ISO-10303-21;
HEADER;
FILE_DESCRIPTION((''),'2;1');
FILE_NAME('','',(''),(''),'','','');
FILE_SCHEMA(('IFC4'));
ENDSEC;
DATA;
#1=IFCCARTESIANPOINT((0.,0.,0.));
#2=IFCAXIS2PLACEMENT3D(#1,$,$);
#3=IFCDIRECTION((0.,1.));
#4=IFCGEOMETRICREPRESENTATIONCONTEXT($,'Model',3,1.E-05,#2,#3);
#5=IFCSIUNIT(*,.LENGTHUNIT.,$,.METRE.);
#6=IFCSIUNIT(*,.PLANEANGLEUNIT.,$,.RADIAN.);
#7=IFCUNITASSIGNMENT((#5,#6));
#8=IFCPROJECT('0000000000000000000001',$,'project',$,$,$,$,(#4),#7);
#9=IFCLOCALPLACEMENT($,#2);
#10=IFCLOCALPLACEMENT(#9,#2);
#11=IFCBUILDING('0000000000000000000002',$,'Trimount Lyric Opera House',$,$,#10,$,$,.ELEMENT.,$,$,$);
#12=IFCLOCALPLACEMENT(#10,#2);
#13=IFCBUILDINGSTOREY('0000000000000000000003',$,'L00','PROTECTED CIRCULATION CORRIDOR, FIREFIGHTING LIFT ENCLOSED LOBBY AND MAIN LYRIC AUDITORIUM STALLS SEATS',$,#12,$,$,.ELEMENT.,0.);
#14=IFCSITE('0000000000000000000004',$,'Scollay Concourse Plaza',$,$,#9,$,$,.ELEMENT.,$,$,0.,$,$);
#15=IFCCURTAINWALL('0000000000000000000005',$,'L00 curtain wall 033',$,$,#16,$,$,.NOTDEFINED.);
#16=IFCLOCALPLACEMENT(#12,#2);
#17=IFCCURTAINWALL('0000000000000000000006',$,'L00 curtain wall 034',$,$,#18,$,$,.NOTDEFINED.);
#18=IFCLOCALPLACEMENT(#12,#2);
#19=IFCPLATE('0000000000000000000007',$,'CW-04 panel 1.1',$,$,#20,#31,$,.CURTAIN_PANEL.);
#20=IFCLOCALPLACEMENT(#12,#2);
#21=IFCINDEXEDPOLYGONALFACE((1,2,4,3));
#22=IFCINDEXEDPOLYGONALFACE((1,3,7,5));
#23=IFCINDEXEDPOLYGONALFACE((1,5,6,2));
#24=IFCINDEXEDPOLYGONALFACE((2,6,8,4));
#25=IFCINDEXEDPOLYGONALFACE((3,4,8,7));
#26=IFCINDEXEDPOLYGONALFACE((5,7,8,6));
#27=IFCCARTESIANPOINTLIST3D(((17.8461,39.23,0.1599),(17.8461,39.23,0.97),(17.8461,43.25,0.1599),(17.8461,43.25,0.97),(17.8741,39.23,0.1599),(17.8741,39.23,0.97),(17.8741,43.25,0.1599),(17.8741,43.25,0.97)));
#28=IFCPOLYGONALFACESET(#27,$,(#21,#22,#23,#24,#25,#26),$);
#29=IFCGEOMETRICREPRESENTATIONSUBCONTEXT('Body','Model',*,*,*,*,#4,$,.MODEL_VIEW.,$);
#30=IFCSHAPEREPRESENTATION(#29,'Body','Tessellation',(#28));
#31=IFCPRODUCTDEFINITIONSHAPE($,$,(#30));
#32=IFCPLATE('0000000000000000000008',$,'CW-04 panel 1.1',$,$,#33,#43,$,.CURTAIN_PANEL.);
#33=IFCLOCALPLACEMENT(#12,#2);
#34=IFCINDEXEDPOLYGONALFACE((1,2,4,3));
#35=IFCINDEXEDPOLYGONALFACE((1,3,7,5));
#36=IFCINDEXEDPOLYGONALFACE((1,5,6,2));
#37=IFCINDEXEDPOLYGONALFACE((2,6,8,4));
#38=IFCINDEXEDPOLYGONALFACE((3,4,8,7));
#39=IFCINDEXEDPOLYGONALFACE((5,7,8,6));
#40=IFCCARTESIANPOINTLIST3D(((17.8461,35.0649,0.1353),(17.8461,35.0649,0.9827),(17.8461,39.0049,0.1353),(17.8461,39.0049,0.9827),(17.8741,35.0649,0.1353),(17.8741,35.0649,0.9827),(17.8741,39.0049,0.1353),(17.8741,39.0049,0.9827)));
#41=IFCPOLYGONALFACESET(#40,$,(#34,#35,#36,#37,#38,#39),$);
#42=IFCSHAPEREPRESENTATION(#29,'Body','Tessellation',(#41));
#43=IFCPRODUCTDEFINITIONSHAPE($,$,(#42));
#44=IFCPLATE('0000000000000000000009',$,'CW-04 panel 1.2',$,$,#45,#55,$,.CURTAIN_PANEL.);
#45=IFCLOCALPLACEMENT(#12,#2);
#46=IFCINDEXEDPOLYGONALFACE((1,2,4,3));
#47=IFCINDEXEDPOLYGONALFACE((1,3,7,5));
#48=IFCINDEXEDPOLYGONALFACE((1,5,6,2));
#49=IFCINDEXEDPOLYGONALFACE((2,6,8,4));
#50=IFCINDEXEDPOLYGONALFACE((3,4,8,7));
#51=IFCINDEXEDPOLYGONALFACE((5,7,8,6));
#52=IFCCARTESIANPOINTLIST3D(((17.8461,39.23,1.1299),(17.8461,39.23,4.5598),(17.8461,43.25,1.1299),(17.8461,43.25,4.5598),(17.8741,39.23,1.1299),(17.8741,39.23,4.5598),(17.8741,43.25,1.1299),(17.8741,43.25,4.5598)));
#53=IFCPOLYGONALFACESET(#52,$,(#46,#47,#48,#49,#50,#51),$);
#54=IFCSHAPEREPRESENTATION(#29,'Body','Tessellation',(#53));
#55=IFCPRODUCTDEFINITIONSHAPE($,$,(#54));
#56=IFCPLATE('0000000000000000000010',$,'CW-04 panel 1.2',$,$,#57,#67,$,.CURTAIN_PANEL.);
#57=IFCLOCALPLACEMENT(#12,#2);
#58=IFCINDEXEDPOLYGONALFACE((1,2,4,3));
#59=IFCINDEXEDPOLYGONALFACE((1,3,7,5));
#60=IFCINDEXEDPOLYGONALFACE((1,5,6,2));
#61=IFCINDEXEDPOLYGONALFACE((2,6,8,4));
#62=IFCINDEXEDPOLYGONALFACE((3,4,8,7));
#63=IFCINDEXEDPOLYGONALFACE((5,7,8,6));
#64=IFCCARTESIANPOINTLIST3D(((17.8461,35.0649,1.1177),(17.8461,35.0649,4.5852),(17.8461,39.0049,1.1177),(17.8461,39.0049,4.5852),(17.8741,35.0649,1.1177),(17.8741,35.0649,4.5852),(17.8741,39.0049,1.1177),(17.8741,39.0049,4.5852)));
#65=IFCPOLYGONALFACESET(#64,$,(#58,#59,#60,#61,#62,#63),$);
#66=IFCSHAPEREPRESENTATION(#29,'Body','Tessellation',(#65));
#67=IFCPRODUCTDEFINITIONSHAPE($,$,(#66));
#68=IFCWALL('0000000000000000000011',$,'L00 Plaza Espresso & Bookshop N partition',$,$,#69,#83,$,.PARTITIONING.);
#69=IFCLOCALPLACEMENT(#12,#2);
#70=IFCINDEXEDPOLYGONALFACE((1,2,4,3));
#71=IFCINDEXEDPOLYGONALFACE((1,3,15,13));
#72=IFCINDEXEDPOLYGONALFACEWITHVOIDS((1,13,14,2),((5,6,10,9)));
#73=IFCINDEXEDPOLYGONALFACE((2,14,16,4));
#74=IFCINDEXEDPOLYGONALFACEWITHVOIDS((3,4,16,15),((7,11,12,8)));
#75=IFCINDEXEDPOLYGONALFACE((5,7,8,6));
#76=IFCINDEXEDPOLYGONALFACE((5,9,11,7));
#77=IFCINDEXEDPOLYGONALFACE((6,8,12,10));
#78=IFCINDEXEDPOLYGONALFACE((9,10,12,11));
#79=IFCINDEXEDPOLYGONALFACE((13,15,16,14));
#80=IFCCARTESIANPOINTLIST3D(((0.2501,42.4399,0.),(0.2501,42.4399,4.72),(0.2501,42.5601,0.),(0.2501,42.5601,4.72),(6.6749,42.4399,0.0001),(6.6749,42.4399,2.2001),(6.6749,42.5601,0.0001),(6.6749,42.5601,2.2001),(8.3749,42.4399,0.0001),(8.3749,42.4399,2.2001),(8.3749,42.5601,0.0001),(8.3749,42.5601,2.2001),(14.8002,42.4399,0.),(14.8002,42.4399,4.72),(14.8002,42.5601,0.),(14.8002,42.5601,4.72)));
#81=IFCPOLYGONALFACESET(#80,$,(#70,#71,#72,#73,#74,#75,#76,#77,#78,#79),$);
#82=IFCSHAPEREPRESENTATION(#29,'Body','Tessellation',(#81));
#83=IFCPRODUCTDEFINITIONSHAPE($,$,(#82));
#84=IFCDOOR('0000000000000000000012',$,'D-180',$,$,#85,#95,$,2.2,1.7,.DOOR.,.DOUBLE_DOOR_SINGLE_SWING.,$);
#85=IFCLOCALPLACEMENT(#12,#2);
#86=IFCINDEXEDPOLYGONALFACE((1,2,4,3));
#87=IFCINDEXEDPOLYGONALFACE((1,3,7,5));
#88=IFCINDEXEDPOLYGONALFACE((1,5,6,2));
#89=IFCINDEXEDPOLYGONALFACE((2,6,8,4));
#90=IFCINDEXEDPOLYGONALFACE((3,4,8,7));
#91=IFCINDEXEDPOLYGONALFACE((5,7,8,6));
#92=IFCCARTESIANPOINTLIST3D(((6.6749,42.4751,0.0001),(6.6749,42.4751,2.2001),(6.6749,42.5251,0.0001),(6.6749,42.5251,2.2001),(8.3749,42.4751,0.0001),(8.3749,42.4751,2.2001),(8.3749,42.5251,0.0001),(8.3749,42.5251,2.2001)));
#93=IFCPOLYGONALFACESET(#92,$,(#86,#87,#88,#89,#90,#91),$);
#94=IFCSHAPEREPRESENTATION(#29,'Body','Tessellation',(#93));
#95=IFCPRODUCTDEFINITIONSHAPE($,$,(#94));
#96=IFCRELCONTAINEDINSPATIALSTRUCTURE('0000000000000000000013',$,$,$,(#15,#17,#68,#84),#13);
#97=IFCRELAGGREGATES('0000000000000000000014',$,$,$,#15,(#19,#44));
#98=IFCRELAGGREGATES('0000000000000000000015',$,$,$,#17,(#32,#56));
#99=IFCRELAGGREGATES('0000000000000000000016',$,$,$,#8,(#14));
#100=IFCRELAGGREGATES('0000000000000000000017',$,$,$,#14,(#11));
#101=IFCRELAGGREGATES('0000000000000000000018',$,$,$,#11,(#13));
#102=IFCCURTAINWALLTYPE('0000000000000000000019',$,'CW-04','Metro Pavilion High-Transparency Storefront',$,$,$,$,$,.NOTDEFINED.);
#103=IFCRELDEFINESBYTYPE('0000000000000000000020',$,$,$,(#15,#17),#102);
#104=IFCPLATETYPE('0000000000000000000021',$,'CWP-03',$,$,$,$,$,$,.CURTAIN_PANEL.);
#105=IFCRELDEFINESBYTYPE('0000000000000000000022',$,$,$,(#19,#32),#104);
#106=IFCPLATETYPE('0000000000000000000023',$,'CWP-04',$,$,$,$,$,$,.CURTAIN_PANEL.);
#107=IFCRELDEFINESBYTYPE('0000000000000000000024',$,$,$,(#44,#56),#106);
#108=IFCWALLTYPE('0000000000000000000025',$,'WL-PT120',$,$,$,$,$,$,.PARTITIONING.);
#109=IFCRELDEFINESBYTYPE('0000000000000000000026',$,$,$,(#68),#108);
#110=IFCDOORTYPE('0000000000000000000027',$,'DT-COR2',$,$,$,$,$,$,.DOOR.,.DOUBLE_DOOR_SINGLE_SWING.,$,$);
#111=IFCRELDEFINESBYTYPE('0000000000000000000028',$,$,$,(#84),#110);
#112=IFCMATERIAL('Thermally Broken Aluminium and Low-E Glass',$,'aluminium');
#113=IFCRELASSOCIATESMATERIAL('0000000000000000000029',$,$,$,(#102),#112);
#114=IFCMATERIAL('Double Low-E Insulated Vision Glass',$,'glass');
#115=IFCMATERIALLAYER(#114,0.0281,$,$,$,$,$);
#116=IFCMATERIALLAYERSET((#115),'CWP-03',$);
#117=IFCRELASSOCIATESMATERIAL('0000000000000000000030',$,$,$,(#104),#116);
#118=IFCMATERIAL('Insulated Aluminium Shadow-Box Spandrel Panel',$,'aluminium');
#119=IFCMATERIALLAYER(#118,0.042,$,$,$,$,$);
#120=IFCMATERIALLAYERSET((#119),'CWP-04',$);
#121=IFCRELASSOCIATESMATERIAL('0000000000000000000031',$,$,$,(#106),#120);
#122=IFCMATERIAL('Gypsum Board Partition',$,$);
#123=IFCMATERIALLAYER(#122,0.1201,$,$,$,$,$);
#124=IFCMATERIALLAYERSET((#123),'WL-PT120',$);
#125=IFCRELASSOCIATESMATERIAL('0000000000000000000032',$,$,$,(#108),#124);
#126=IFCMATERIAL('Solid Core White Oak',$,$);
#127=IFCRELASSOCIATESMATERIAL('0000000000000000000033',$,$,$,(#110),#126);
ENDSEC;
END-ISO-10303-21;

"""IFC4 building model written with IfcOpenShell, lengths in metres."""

from ifc_helpers import new_model, si_unit, direction, frame, frame_2d, origin, origin_2d, place, context, subcontext, project, spatial, rectangle, extrude, material, layer, layer_set, type_object, element, fill, aggregate, save


model = new_model("IFC4")

# Units and contexts
model_context = context("Model", 3, precision=1e-05, world=origin(), true_north=direction((0.0, 1.0)))
body_context = subcontext(model_context, "Body", "Model", "MODEL_VIEW")
ifc_project = project(units=[si_unit("LENGTHUNIT", "METRE"), si_unit("PLANEANGLEUNIT", "RADIAN")], contexts=[model_context])

# Site, building, storey
site_placement = place(None, origin())
site = spatial("IfcSite", under=ifc_project, at=site_placement, Name="Scollay Concourse Plaza", CompositionType="ELEMENT", RefElevation=0.0)
building_placement = place(site_placement, origin())
building = spatial("IfcBuilding", under=site, at=building_placement, Name="Trimount Lyric Opera House", CompositionType="ELEMENT")
storey_placement = place(building_placement, origin())
storey = spatial("IfcBuildingStorey", under=building, at=storey_placement, Name="L00", Description="PROTECTED CIRCULATION CORRIDOR, FIREFIGHTING LIFT ENCLOSED LOBBY AND MAIN LYRIC AUDITORIUM STALLS SEATS", CompositionType="ELEMENT", Elevation=0.0)

# Curtain walls
ifc_material_1 = material(Name="Thermally Broken Aluminium and Low-E Glass", Category="aluminium")
curtain_wall_type = type_object("IfcCurtainWallType", Name="CW-04", Description="Metro Pavilion High-Transparency Storefront", PredefinedType="NOTDEFINED", material=ifc_material_1)
curtain_wall_1_placement = place(storey_placement, origin())
curtain_wall_1 = element("IfcCurtainWall", 1, at=curtain_wall_1_placement, inside=storey, type_object=curtain_wall_type, Name="L00 curtain wall 033", PredefinedType="NOTDEFINED")
curtain_wall_2_placement = place(storey_placement, origin())
curtain_wall_2 = element("IfcCurtainWall", 2, at=curtain_wall_2_placement, inside=storey, type_object=curtain_wall_type, Name="L00 curtain wall 034", PredefinedType="NOTDEFINED")

# Plates
ifc_material_2 = material(Name="Double Low-E Insulated Vision Glass", Category="glass")
ifc_layer_1 = layer(ifc_material_2, 0.0281)
ifc_layer_set_1 = layer_set([ifc_layer_1], Name="CWP-03")
plate_type_1 = type_object("IfcPlateType", Name="CWP-03", PredefinedType="CURTAIN_PANEL", material=ifc_layer_set_1)
plate_1_placement = place(storey_placement, frame((17.8601, 41.24, 0.1599), z_axis=(0.0, 0.0, 1.0), x_axis=(0.0, -1.0, 0.0)))
plate_1 = element("IfcPlate", 3, at=plate_1_placement, type_object=plate_type_1, Name="CW-04 panel 1.1", PredefinedType="CURTAIN_PANEL", context=body_context, shape_type="SweptSolid", body=[
    extrude(rectangle(XDim=4.02, YDim=0.0281, at=origin_2d()), origin(), (0.0, 0.0, 1.0), 0.8101),
])
plate_2_placement = place(storey_placement, frame((17.8601, 37.0349, 0.1353), z_axis=(0.0, 0.0, 1.0), x_axis=(0.0, -1.0, 0.0)))
plate_2 = element("IfcPlate", 4, at=plate_2_placement, type_object=plate_type_1, Name="CW-04 panel 1.1", PredefinedType="CURTAIN_PANEL", context=body_context, shape_type="SweptSolid", body=[
    extrude(rectangle(XDim=3.9399, YDim=0.0281, at=origin_2d()), origin(), (0.0, 0.0, 1.0), 0.8474),
])
ifc_material_3 = material(Name="Insulated Aluminium Shadow-Box Spandrel Panel", Category="aluminium")
ifc_layer_2 = layer(ifc_material_3, 0.042)
ifc_layer_set_2 = layer_set([ifc_layer_2], Name="CWP-04")
plate_type_2 = type_object("IfcPlateType", Name="CWP-04", PredefinedType="CURTAIN_PANEL", material=ifc_layer_set_2)
plate_3_placement = place(storey_placement, frame((17.8601, 41.24, 1.1299), z_axis=(0.0, 0.0, 1.0), x_axis=(0.0, -1.0, 0.0)))
plate_3 = element("IfcPlate", 5, at=plate_3_placement, type_object=plate_type_2, Name="CW-04 panel 1.2", PredefinedType="CURTAIN_PANEL", context=body_context, shape_type="SweptSolid", body=[
    extrude(rectangle(XDim=4.02, YDim=0.0281, at=origin_2d()), origin(), (0.0, 0.0, 1.0), 3.4299),
])
aggregate(curtain_wall_1, [plate_1, plate_3])
plate_4_placement = place(storey_placement, frame((17.8601, 37.0349, 1.1177), z_axis=(0.0, 0.0, 1.0), x_axis=(0.0, -1.0, 0.0)))
plate_4 = element("IfcPlate", 6, at=plate_4_placement, type_object=plate_type_2, Name="CW-04 panel 1.2", PredefinedType="CURTAIN_PANEL", context=body_context, shape_type="SweptSolid", body=[
    extrude(rectangle(XDim=3.9399, YDim=0.0281, at=origin_2d()), origin(), (0.0, 0.0, 1.0), 3.4675),
])
aggregate(curtain_wall_2, [plate_2, plate_4])

# Wall, opening, door
ifc_material_4 = material(Name="Gypsum Board Partition")
ifc_layer_3 = layer(ifc_material_4, 0.1201)
ifc_layer_set_3 = layer_set([ifc_layer_3], Name="WL-PT120")
wall_type = type_object("IfcWallType", Name="WL-PT120", PredefinedType="PARTITIONING", material=ifc_layer_set_3)
wall_placement = place(storey_placement, frame((14.8, 42.5, 0.0), z_axis=(0.0, 0.0, 1.0), x_axis=(-1.0, 0.0, 0.0)))
wall = element("IfcWall", 7, at=wall_placement, inside=storey, type_object=wall_type, Name="L00 Plaza Espresso & Bookshop N partition", PredefinedType="PARTITIONING", context=body_context, shape_type="SweptSolid", body=[
    extrude(rectangle(XDim=14.55, YDim=0.1201, at=frame_2d((7.2749, 0.0))), origin(), (0.0, 0.0, 1.0), 4.72),
])
opening_placement = place(wall_placement, frame((6.425, 0.0, 0.0)))
opening = element("IfcOpeningElement", 8, at=opening_placement, cuts=wall, PredefinedType="OPENING", context=body_context, shape_type="SweptSolid", body=[
    extrude(rectangle(XDim=1.7, YDim=2.2, at=frame_2d((0.8501, 1.1001))), frame((0.0, 0.0701, 0.0), z_axis=(0.0, -1.0, 0.0), x_axis=(1.0, 0.0, 0.0)), (0.0, 0.0, 1.0), 0.1401),
])
ifc_material_5 = material(Name="Solid Core White Oak")
door_type = type_object("IfcDoorType", Name="DT-COR2", OperationType="DOUBLE_DOOR_SINGLE_SWING", PredefinedType="DOOR", material=ifc_material_5)
door_placement = place(opening_placement, origin())
door = element("IfcDoor", 9, at=door_placement, inside=storey, type_object=door_type, Name="D-180", OperationType="DOUBLE_DOOR_SINGLE_SWING", OverallHeight=2.2, OverallWidth=1.7, PredefinedType="DOOR", context=body_context, shape_type="SweptSolid", body=[
    extrude(rectangle(XDim=1.7, YDim=2.2, at=frame_2d((0.8501, 1.1001))), frame((0.0, 0.0249, 0.0), z_axis=(0.0, -1.0, 0.0), x_axis=(1.0, 0.0, 0.0)), (0.0, 0.0, 1.0), 0.05),
])
fill(opening, door)

save(model, "model.ifc")
